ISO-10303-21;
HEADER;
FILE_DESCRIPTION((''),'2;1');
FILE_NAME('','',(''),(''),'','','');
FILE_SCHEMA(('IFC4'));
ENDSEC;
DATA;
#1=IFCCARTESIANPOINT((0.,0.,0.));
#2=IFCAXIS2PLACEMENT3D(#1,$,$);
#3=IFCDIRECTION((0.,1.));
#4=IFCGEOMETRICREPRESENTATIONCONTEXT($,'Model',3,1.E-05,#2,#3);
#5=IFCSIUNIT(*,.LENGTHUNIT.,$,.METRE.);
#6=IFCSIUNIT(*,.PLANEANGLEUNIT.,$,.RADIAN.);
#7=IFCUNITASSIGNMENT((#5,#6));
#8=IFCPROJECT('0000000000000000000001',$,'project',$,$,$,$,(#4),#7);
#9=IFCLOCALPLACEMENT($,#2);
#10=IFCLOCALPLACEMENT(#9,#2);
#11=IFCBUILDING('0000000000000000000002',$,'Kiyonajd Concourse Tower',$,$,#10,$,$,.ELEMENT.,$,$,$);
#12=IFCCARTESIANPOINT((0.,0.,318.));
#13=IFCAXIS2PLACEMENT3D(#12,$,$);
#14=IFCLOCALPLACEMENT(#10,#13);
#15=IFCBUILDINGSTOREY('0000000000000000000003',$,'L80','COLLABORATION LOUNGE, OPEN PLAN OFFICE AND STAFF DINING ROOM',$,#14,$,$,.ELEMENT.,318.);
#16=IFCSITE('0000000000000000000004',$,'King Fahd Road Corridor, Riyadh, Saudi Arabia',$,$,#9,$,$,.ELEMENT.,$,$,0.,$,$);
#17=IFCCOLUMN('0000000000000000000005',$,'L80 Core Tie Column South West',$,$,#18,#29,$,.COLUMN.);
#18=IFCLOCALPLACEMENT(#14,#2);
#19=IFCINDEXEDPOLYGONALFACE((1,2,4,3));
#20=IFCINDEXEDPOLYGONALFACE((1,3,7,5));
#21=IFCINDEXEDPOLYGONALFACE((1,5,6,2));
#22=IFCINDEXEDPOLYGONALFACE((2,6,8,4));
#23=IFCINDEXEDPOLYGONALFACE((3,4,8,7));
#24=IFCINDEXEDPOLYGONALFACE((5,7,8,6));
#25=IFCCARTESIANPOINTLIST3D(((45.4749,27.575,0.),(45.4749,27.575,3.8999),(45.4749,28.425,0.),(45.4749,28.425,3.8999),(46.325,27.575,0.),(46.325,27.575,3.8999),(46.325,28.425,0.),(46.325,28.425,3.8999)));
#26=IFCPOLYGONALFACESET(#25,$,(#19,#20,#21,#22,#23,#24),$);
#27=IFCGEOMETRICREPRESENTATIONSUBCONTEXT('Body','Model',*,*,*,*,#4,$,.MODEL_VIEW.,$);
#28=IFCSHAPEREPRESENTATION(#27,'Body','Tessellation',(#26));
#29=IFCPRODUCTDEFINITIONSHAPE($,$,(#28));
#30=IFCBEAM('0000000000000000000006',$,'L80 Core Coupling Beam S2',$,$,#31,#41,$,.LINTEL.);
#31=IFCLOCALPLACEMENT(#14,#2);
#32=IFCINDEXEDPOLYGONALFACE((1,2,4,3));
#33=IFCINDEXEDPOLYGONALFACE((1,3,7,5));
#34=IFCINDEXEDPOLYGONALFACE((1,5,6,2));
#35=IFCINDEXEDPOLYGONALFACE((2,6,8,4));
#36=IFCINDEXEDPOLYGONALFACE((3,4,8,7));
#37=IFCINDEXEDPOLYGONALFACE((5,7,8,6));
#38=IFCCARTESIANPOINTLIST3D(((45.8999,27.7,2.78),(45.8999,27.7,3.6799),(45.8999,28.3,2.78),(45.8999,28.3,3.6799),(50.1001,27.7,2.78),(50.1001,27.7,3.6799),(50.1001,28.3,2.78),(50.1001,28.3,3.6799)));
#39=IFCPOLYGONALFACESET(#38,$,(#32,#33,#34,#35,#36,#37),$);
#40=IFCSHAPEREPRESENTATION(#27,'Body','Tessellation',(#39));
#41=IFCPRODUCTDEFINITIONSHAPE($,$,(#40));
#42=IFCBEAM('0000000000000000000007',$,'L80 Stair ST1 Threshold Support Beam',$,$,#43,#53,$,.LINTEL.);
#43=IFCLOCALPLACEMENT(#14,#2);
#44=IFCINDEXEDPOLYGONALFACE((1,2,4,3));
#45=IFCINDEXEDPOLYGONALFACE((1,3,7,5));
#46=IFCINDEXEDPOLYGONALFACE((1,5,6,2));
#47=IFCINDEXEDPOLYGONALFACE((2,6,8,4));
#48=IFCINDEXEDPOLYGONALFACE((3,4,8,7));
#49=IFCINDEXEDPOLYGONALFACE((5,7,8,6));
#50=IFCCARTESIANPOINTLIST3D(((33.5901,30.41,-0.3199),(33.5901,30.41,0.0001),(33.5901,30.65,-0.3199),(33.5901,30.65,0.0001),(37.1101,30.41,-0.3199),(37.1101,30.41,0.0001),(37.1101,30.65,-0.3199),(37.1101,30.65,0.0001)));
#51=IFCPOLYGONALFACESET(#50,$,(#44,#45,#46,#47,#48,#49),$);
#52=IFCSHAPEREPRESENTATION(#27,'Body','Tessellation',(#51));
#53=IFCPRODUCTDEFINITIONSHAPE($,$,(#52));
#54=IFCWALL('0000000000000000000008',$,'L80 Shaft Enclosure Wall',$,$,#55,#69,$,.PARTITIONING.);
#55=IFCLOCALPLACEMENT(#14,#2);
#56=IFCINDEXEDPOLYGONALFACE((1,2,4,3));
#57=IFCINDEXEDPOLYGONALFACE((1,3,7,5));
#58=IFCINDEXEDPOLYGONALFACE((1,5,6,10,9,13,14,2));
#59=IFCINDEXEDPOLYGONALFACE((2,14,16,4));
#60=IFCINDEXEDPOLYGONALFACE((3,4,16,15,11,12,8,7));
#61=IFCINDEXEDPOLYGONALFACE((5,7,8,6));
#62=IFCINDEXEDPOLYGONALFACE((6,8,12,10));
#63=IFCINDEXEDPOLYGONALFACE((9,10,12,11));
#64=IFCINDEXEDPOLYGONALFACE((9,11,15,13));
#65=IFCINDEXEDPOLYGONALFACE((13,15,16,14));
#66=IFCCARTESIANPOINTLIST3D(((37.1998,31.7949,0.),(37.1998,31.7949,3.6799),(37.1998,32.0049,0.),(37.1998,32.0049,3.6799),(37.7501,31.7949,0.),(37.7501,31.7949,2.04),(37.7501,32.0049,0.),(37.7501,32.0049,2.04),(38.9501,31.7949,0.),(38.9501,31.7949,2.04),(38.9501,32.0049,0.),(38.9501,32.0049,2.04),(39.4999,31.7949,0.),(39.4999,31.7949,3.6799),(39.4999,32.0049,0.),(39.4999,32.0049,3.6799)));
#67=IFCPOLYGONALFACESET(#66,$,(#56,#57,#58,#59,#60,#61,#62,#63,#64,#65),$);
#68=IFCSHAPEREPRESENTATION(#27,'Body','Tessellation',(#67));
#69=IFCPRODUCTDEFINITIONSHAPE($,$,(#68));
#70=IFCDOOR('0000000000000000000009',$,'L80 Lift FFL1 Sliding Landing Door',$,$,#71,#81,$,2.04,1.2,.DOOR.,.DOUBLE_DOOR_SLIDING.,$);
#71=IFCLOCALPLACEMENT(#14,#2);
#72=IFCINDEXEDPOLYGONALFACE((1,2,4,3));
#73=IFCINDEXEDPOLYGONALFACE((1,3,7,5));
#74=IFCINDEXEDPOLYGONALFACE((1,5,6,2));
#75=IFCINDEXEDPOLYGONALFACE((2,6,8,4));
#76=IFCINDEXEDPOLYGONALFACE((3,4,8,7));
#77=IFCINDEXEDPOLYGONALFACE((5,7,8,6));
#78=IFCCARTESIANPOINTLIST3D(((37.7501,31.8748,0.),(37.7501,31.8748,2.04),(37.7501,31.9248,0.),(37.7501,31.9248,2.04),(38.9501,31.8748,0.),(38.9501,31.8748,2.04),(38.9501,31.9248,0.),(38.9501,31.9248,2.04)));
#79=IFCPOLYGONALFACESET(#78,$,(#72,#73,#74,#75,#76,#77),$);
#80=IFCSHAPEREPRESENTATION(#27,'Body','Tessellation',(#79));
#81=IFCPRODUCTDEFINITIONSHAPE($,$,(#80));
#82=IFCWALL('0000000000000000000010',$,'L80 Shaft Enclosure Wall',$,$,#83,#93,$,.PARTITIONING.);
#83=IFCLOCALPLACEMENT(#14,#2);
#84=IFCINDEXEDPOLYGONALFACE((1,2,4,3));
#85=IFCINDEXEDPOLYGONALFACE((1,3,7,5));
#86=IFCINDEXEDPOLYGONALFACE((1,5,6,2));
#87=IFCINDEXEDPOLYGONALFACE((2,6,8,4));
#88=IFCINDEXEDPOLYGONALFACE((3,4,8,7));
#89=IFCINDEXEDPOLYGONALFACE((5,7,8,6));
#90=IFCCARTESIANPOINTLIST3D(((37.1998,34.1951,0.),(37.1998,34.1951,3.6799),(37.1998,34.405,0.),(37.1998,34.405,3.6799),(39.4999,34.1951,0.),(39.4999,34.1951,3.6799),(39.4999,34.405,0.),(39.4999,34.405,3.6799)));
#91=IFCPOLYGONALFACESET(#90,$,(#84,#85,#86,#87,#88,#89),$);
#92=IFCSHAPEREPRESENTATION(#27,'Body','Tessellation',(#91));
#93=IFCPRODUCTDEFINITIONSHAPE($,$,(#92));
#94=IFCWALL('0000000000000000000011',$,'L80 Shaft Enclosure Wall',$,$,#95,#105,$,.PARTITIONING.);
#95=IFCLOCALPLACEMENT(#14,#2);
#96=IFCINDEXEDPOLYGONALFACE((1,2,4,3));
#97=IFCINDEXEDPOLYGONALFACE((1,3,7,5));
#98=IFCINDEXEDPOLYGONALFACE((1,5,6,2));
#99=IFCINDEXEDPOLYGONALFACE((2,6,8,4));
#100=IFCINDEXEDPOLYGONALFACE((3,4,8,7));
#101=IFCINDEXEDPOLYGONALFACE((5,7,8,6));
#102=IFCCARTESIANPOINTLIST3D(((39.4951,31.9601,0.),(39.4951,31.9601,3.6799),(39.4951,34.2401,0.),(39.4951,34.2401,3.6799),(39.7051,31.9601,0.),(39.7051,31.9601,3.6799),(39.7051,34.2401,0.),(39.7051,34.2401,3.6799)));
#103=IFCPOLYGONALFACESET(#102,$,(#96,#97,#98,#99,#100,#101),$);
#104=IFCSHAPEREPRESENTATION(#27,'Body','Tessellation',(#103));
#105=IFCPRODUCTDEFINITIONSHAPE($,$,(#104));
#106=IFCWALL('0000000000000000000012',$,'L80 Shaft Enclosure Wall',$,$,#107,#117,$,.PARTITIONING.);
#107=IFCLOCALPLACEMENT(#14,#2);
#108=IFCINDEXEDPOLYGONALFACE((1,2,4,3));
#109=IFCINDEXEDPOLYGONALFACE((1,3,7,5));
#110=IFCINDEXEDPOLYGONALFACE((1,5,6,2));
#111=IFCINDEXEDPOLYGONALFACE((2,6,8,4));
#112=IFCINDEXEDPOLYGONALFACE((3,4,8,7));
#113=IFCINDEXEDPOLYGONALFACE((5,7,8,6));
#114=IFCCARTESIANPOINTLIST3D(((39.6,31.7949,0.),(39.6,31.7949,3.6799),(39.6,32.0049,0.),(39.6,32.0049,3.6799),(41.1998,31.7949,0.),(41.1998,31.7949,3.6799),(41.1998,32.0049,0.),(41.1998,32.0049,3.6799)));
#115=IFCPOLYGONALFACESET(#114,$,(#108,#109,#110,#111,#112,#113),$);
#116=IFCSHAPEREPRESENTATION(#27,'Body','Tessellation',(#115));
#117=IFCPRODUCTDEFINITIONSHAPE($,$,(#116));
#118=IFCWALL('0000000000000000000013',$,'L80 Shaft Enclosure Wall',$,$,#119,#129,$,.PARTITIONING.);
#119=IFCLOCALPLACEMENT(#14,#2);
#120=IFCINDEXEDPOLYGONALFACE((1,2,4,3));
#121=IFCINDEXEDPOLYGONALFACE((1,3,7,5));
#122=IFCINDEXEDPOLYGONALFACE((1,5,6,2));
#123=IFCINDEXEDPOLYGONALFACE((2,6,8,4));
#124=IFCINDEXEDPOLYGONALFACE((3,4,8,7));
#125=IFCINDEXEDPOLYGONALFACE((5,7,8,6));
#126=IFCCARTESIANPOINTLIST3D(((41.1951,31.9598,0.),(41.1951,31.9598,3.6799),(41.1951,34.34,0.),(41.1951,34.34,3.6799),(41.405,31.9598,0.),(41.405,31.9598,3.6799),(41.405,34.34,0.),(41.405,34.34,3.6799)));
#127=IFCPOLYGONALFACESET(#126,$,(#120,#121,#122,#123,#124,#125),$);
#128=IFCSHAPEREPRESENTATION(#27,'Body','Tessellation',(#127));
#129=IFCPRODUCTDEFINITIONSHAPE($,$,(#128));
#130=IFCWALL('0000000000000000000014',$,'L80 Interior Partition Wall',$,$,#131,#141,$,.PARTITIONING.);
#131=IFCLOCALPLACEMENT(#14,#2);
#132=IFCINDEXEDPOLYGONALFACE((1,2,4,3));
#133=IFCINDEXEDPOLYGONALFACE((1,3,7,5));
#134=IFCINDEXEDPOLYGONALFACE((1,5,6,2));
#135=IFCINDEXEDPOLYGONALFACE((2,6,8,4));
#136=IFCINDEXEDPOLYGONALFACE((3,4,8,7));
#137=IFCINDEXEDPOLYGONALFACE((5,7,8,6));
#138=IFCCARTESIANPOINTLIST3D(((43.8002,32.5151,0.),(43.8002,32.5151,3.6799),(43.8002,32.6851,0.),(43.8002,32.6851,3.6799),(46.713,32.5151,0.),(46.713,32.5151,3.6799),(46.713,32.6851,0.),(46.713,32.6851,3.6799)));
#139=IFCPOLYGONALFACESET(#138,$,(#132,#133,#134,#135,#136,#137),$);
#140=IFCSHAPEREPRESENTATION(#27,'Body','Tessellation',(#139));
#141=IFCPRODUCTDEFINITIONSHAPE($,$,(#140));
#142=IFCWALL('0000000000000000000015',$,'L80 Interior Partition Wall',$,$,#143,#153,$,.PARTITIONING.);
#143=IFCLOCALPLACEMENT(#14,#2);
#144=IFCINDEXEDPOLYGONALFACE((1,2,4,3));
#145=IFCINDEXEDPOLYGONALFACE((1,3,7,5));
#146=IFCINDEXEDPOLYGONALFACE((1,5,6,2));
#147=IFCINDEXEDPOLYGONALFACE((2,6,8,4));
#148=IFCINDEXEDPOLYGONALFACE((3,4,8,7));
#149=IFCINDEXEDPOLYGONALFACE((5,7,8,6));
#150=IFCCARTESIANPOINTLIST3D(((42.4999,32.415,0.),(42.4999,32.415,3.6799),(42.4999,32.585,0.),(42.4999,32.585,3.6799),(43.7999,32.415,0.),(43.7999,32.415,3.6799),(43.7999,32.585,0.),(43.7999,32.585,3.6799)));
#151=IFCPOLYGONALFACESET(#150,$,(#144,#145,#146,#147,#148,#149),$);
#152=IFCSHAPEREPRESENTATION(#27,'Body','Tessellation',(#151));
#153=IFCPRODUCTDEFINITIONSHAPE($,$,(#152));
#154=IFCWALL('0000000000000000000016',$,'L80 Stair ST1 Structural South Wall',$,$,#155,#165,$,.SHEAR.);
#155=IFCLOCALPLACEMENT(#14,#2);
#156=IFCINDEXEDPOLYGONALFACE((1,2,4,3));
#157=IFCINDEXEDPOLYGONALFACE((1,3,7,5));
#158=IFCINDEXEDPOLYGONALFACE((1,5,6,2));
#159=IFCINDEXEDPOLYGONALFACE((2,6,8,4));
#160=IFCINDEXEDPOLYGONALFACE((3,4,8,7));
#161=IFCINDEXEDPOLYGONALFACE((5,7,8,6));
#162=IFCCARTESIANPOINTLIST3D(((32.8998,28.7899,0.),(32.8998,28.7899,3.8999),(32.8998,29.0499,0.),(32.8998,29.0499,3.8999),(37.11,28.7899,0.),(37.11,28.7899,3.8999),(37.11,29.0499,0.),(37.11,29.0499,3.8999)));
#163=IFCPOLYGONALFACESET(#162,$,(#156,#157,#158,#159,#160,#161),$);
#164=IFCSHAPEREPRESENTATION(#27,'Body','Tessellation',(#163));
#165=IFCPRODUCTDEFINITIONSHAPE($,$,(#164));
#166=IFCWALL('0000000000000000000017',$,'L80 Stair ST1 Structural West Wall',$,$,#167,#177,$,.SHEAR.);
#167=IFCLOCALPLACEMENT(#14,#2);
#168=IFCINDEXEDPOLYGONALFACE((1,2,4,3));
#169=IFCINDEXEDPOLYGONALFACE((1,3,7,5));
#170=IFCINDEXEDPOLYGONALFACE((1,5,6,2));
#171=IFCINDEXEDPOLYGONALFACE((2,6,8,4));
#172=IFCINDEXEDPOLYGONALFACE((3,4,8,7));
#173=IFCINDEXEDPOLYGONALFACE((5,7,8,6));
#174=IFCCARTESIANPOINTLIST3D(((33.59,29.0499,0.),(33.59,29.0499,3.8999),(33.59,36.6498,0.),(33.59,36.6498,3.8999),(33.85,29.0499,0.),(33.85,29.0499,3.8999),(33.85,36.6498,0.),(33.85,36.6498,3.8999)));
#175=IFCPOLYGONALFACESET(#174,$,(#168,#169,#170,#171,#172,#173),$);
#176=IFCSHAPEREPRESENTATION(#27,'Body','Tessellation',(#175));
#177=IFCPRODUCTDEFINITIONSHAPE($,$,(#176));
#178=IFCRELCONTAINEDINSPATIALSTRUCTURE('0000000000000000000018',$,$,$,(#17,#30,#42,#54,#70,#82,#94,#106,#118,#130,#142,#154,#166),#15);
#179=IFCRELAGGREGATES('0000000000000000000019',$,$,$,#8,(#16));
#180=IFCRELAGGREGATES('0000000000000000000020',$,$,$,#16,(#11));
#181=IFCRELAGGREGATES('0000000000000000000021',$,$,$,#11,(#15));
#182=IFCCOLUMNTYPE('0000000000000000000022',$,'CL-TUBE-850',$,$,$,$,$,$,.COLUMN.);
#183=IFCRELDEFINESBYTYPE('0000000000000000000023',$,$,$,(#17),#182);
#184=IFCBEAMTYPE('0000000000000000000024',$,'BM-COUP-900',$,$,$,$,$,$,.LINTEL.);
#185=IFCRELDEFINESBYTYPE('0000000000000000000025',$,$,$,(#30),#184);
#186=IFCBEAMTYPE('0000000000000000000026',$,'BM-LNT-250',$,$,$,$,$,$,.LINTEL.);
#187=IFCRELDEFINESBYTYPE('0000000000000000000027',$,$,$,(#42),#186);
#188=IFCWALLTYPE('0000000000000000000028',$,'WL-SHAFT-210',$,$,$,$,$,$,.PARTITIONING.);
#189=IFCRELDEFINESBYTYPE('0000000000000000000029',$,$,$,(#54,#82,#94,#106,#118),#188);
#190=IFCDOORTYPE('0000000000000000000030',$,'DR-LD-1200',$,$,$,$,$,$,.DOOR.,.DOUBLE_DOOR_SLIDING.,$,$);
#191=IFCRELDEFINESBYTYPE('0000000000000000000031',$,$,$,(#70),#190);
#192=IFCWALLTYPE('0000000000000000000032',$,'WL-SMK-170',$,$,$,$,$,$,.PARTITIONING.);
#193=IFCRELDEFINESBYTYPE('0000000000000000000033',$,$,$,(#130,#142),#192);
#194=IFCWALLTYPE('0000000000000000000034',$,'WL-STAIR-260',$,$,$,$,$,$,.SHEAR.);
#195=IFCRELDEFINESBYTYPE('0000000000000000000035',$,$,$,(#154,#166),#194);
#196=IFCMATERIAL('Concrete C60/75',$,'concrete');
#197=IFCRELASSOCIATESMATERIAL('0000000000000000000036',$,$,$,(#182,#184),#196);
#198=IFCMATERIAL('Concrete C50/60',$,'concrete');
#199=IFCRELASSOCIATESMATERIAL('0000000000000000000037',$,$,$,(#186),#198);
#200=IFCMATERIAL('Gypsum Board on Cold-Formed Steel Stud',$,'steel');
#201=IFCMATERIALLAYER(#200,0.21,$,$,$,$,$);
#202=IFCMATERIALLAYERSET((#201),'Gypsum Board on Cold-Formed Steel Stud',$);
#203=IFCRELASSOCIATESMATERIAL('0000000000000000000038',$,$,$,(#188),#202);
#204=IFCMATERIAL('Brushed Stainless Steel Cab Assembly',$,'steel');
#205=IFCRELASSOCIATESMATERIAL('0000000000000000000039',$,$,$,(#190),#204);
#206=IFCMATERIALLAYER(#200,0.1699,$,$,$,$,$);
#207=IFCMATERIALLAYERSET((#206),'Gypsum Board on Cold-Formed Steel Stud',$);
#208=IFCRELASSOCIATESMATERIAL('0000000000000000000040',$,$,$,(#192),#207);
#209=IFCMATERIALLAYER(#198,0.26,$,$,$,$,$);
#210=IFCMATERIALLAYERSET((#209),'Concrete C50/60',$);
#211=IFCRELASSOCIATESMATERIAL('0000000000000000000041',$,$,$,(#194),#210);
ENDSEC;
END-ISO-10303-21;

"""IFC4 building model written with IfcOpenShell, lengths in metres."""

from ifc_helpers import new_model, si_unit, direction, frame, frame_2d, origin, origin_2d, place, context, subcontext, project, spatial, rectangle, extrude, material, layer, layer_set, material_profile, profile_set, type_object, element, fill, save


model = new_model("IFC4")

# Units and contexts
model_context = context("Model", 3, precision=1e-05, world=origin(), true_north=direction((0.0, 1.0)))
body_context = subcontext(model_context, "Body", "Model", "MODEL_VIEW")
ifc_project = project(units=[si_unit("LENGTHUNIT", "METRE"), si_unit("PLANEANGLEUNIT", "RADIAN")], contexts=[model_context])

# Site, building, storey
site_placement = place(None, origin())
site = spatial("IfcSite", under=ifc_project, at=site_placement, Name="King Fahd Road Corridor, Riyadh, Saudi Arabia", CompositionType="ELEMENT", RefElevation=0.0)
building_placement = place(site_placement, origin())
building = spatial("IfcBuilding", under=site, at=building_placement, Name="Kiyonajd Concourse Tower", CompositionType="ELEMENT")
storey_placement = place(building_placement, frame((0.0, 0.0, 318.0)))
storey = spatial("IfcBuildingStorey", under=building, at=storey_placement, Name="L80", Description="COLLABORATION LOUNGE, OPEN PLAN OFFICE AND STAFF DINING ROOM", CompositionType="ELEMENT", Elevation=318.0)

# Column
ifc_material_1 = material(Name="Concrete C60/75", Category="concrete")
ifc_material_profile_1 = material_profile(ifc_material_1, rectangle(XDim=0.8501, YDim=0.8501, at=origin_2d()), Name="RC-850x850")
ifc_profile_set_1 = profile_set([ifc_material_profile_1], Name="Concrete C60/75")
column_type = type_object("IfcColumnType", Name="CL-TUBE-850", PredefinedType="COLUMN", material=ifc_profile_set_1)
column_placement = place(storey_placement, frame((45.8999, 28.0, 0.0), z_axis=(0.0, 0.0, 1.0), x_axis=(1.0, 0.0, 0.0)))
element("IfcColumn", 1, at=column_placement, inside=storey, type_object=column_type, Name="L80 Core Tie Column South West", PredefinedType="COLUMN", context=body_context, shape_type="SweptSolid", body=[
    extrude(rectangle(XDim=0.8501, YDim=0.8501, at=origin_2d()), origin(), (0.0, 0.0, 1.0), 3.8999),
])

# Beams
ifc_material_profile_2 = material_profile(ifc_material_1, rectangle(XDim=0.6001, YDim=0.8999, at=origin_2d()), Name="RCBM-600x900")
ifc_profile_set_2 = profile_set([ifc_material_profile_2], Name="Concrete C60/75")
beam_type_1 = type_object("IfcBeamType", Name="BM-COUP-900", PredefinedType="LINTEL", material=ifc_profile_set_2)
beam_1_placement = place(storey_placement, frame((45.8999, 28.0, 3.23), z_axis=(1.0, 0.0, 0.0), x_axis=(0.0, 1.0, 0.0)))
element("IfcBeam", 2, at=beam_1_placement, inside=storey, type_object=beam_type_1, Name="L80 Core Coupling Beam S2", PredefinedType="LINTEL", context=body_context, shape_type="SweptSolid", body=[
    extrude(rectangle(XDim=0.6001, YDim=0.8999, at=origin_2d()), origin(), (0.0, 0.0, 1.0), 4.2002),
])
ifc_material_2 = material(Name="Concrete C50/60", Category="concrete")
ifc_material_profile_3 = material_profile(ifc_material_2, rectangle(XDim=0.24, YDim=0.3201, at=origin_2d()), Name="RCBM-240x320")
ifc_profile_set_3 = profile_set([ifc_material_profile_3], Name="Concrete C50/60")
beam_type_2 = type_object("IfcBeamType", Name="BM-LNT-250", PredefinedType="LINTEL", material=ifc_profile_set_3)
beam_2_placement = place(storey_placement, frame((33.5901, 30.53, -0.1599), z_axis=(1.0, 0.0, 0.0), x_axis=(0.0, 1.0, 0.0)))
element("IfcBeam", 3, at=beam_2_placement, inside=storey, type_object=beam_type_2, Name="L80 Stair ST1 Threshold Support Beam", PredefinedType="LINTEL", context=body_context, shape_type="SweptSolid", body=[
    extrude(rectangle(XDim=0.24, YDim=0.3201, at=origin_2d()), origin(), (0.0, 0.0, 1.0), 3.52),
])

# Wall, opening, door
ifc_material_3 = material(Name="Gypsum Board on Cold-Formed Steel Stud", Category="steel")
ifc_layer_1 = layer(ifc_material_3, 0.21)
ifc_layer_set_1 = layer_set([ifc_layer_1], Name="Gypsum Board on Cold-Formed Steel Stud")
wall_type_1 = type_object("IfcWallType", Name="WL-SHAFT-210", PredefinedType="PARTITIONING", material=ifc_layer_set_1)
wall_1_placement = place(storey_placement, frame((37.2, 31.8999, 0.0), z_axis=(0.0, 0.0, 1.0), x_axis=(1.0, 0.0, 0.0)))
wall_1 = element("IfcWall", 4, at=wall_1_placement, inside=storey, type_object=wall_type_1, Name="L80 Shaft Enclosure Wall", PredefinedType="PARTITIONING", context=body_context, shape_type="SweptSolid", body=[
    extrude(rectangle(XDim=2.3, YDim=0.21, at=frame_2d((1.1499, 0.0))), origin(), (0.0, 0.0, 1.0), 3.6799),
])
opening_1_placement = place(wall_1_placement, frame((0.55, 0.0, 0.0)))
opening_1 = element("IfcOpeningElement", 5, at=opening_1_placement, cuts=wall_1, PredefinedType="OPENING", context=body_context, shape_type="SweptSolid", body=[
    extrude(rectangle(XDim=1.2, YDim=2.04, at=frame_2d((0.6001, 1.02))), frame((0.0, 0.115, 0.0), z_axis=(0.0, -1.0, 0.0), x_axis=(1.0, 0.0, 0.0)), (0.0, 0.0, 1.0), 0.23),
])
ifc_material_4 = material(Name="Brushed Stainless Steel Cab Assembly", Category="steel")
door_type_1 = type_object("IfcDoorType", Name="DR-LD-1200", OperationType="DOUBLE_DOOR_SLIDING", PredefinedType="DOOR", material=ifc_material_4)
door_1_placement = place(opening_1_placement, origin())
door_1 = element("IfcDoor", 6, at=door_1_placement, inside=storey, type_object=door_type_1, Name="L80 Lift FFL1 Sliding Landing Door", OperationType="DOUBLE_DOOR_SLIDING", OverallHeight=2.04, OverallWidth=1.2, PredefinedType="DOOR", context=body_context, shape_type="SweptSolid", body=[
    extrude(rectangle(XDim=1.2, YDim=2.04, at=frame_2d((0.6001, 1.02))), frame((0.0, 0.0249, 0.0), z_axis=(0.0, -1.0, 0.0), x_axis=(1.0, 0.0, 0.0)), (0.0, 0.0, 1.0), 0.05),
])
fill(opening_1, door_1)

# Walls
wall_2_placement = place(storey_placement, frame((37.2, 34.3, 0.0), z_axis=(0.0, 0.0, 1.0), x_axis=(1.0, 0.0, 0.0)))
element("IfcWall", 7, at=wall_2_placement, inside=storey, type_object=wall_type_1, Name="L80 Shaft Enclosure Wall", PredefinedType="PARTITIONING", context=body_context, shape_type="SweptSolid", body=[
    extrude(rectangle(XDim=2.3, YDim=0.21, at=frame_2d((1.1499, 0.0))), origin(), (0.0, 0.0, 1.0), 3.6799),
])
wall_3_placement = place(storey_placement, frame((39.6001, 31.96, 0.0), z_axis=(0.0, 0.0, 1.0), x_axis=(0.0, 1.0, 0.0)))
element("IfcWall", 8, at=wall_3_placement, inside=storey, type_object=wall_type_1, Name="L80 Shaft Enclosure Wall", PredefinedType="PARTITIONING", context=body_context, shape_type="SweptSolid", body=[
    extrude(rectangle(XDim=2.28, YDim=0.21, at=frame_2d((1.1401, 0.0))), origin(), (0.0, 0.0, 1.0), 3.6799),
])
wall_4_placement = place(storey_placement, frame((39.6001, 31.8999, 0.0), z_axis=(0.0, 0.0, 1.0), x_axis=(1.0, 0.0, 0.0)))
element("IfcWall", 9, at=wall_4_placement, inside=storey, type_object=wall_type_1, Name="L80 Shaft Enclosure Wall", PredefinedType="PARTITIONING", context=body_context, shape_type="SweptSolid", body=[
    extrude(rectangle(XDim=1.5999, YDim=0.21, at=frame_2d((0.7998, 0.0))), origin(), (0.0, 0.0, 1.0), 3.6799),
])
wall_5_placement = place(storey_placement, frame((41.3, 31.96, 0.0), z_axis=(0.0, 0.0, 1.0), x_axis=(0.0, 1.0, 0.0)))
element("IfcWall", 10, at=wall_5_placement, inside=storey, type_object=wall_type_1, Name="L80 Shaft Enclosure Wall", PredefinedType="PARTITIONING", context=body_context, shape_type="SweptSolid", body=[
    extrude(rectangle(XDim=2.3801, YDim=0.21, at=frame_2d((1.1899, 0.0))), origin(), (0.0, 0.0, 1.0), 3.6799),
])
ifc_layer_2 = layer(ifc_material_3, 0.1699)
ifc_layer_set_2 = layer_set([ifc_layer_2], Name="Gypsum Board on Cold-Formed Steel Stud")
wall_type_2 = type_object("IfcWallType", Name="WL-SMK-170", PredefinedType="PARTITIONING", material=ifc_layer_set_2)
wall_6_placement = place(storey_placement, frame((43.8, 32.6001, 0.0), z_axis=(0.0, 0.0, 1.0), x_axis=(1.0, 0.0, 0.0)))
element("IfcWall", 11, at=wall_6_placement, inside=storey, type_object=wall_type_2, Name="L80 Interior Partition Wall", PredefinedType="PARTITIONING", context=body_context, shape_type="SweptSolid", body=[
    extrude(rectangle(XDim=2.9128, YDim=0.1699, at=frame_2d((1.4565, 0.0))), origin(), (0.0, 0.0, 1.0), 3.6799),
])
wall_7_placement = place(storey_placement, frame((42.5, 32.5, 0.0), z_axis=(0.0, 0.0, 1.0), x_axis=(1.0, 0.0, 0.0)))
element("IfcWall", 12, at=wall_7_placement, inside=storey, type_object=wall_type_2, Name="L80 Interior Partition Wall", PredefinedType="PARTITIONING", context=body_context, shape_type="SweptSolid", body=[
    extrude(rectangle(XDim=1.3, YDim=0.1699, at=frame_2d((0.6499, 0.0))), origin(), (0.0, 0.0, 1.0), 3.6799),
])
ifc_layer_3 = layer(ifc_material_2, 0.26)
ifc_layer_set_3 = layer_set([ifc_layer_3], Name="Concrete C50/60")
wall_type_3 = type_object("IfcWallType", Name="WL-STAIR-260", PredefinedType="SHEAR", material=ifc_layer_set_3)
wall_8_placement = place(storey_placement, frame((32.8999, 28.9199, 0.0), z_axis=(0.0, 0.0, 1.0), x_axis=(1.0, 0.0, 0.0)))
element("IfcWall", 13, at=wall_8_placement, inside=storey, type_object=wall_type_3, Name="L80 Stair ST1 Structural South Wall", PredefinedType="SHEAR", context=body_context, shape_type="SweptSolid", body=[
    extrude(rectangle(XDim=4.2102, YDim=0.26, at=frame_2d((2.105, 0.0))), origin(), (0.0, 0.0, 1.0), 3.8999),
])
wall_9_placement = place(storey_placement, frame((33.72, 29.05, 0.0), z_axis=(0.0, 0.0, 1.0), x_axis=(0.0, 1.0, 0.0)))
element("IfcWall", 14, at=wall_9_placement, inside=storey, type_object=wall_type_3, Name="L80 Stair ST1 Structural West Wall", PredefinedType="SHEAR", context=body_context, shape_type="SweptSolid", body=[
    extrude(rectangle(XDim=7.5999, YDim=0.26, at=frame_2d((3.7998, 0.0))), origin(), (0.0, 0.0, 1.0), 3.8999),
])

save(model, "model.ifc")
